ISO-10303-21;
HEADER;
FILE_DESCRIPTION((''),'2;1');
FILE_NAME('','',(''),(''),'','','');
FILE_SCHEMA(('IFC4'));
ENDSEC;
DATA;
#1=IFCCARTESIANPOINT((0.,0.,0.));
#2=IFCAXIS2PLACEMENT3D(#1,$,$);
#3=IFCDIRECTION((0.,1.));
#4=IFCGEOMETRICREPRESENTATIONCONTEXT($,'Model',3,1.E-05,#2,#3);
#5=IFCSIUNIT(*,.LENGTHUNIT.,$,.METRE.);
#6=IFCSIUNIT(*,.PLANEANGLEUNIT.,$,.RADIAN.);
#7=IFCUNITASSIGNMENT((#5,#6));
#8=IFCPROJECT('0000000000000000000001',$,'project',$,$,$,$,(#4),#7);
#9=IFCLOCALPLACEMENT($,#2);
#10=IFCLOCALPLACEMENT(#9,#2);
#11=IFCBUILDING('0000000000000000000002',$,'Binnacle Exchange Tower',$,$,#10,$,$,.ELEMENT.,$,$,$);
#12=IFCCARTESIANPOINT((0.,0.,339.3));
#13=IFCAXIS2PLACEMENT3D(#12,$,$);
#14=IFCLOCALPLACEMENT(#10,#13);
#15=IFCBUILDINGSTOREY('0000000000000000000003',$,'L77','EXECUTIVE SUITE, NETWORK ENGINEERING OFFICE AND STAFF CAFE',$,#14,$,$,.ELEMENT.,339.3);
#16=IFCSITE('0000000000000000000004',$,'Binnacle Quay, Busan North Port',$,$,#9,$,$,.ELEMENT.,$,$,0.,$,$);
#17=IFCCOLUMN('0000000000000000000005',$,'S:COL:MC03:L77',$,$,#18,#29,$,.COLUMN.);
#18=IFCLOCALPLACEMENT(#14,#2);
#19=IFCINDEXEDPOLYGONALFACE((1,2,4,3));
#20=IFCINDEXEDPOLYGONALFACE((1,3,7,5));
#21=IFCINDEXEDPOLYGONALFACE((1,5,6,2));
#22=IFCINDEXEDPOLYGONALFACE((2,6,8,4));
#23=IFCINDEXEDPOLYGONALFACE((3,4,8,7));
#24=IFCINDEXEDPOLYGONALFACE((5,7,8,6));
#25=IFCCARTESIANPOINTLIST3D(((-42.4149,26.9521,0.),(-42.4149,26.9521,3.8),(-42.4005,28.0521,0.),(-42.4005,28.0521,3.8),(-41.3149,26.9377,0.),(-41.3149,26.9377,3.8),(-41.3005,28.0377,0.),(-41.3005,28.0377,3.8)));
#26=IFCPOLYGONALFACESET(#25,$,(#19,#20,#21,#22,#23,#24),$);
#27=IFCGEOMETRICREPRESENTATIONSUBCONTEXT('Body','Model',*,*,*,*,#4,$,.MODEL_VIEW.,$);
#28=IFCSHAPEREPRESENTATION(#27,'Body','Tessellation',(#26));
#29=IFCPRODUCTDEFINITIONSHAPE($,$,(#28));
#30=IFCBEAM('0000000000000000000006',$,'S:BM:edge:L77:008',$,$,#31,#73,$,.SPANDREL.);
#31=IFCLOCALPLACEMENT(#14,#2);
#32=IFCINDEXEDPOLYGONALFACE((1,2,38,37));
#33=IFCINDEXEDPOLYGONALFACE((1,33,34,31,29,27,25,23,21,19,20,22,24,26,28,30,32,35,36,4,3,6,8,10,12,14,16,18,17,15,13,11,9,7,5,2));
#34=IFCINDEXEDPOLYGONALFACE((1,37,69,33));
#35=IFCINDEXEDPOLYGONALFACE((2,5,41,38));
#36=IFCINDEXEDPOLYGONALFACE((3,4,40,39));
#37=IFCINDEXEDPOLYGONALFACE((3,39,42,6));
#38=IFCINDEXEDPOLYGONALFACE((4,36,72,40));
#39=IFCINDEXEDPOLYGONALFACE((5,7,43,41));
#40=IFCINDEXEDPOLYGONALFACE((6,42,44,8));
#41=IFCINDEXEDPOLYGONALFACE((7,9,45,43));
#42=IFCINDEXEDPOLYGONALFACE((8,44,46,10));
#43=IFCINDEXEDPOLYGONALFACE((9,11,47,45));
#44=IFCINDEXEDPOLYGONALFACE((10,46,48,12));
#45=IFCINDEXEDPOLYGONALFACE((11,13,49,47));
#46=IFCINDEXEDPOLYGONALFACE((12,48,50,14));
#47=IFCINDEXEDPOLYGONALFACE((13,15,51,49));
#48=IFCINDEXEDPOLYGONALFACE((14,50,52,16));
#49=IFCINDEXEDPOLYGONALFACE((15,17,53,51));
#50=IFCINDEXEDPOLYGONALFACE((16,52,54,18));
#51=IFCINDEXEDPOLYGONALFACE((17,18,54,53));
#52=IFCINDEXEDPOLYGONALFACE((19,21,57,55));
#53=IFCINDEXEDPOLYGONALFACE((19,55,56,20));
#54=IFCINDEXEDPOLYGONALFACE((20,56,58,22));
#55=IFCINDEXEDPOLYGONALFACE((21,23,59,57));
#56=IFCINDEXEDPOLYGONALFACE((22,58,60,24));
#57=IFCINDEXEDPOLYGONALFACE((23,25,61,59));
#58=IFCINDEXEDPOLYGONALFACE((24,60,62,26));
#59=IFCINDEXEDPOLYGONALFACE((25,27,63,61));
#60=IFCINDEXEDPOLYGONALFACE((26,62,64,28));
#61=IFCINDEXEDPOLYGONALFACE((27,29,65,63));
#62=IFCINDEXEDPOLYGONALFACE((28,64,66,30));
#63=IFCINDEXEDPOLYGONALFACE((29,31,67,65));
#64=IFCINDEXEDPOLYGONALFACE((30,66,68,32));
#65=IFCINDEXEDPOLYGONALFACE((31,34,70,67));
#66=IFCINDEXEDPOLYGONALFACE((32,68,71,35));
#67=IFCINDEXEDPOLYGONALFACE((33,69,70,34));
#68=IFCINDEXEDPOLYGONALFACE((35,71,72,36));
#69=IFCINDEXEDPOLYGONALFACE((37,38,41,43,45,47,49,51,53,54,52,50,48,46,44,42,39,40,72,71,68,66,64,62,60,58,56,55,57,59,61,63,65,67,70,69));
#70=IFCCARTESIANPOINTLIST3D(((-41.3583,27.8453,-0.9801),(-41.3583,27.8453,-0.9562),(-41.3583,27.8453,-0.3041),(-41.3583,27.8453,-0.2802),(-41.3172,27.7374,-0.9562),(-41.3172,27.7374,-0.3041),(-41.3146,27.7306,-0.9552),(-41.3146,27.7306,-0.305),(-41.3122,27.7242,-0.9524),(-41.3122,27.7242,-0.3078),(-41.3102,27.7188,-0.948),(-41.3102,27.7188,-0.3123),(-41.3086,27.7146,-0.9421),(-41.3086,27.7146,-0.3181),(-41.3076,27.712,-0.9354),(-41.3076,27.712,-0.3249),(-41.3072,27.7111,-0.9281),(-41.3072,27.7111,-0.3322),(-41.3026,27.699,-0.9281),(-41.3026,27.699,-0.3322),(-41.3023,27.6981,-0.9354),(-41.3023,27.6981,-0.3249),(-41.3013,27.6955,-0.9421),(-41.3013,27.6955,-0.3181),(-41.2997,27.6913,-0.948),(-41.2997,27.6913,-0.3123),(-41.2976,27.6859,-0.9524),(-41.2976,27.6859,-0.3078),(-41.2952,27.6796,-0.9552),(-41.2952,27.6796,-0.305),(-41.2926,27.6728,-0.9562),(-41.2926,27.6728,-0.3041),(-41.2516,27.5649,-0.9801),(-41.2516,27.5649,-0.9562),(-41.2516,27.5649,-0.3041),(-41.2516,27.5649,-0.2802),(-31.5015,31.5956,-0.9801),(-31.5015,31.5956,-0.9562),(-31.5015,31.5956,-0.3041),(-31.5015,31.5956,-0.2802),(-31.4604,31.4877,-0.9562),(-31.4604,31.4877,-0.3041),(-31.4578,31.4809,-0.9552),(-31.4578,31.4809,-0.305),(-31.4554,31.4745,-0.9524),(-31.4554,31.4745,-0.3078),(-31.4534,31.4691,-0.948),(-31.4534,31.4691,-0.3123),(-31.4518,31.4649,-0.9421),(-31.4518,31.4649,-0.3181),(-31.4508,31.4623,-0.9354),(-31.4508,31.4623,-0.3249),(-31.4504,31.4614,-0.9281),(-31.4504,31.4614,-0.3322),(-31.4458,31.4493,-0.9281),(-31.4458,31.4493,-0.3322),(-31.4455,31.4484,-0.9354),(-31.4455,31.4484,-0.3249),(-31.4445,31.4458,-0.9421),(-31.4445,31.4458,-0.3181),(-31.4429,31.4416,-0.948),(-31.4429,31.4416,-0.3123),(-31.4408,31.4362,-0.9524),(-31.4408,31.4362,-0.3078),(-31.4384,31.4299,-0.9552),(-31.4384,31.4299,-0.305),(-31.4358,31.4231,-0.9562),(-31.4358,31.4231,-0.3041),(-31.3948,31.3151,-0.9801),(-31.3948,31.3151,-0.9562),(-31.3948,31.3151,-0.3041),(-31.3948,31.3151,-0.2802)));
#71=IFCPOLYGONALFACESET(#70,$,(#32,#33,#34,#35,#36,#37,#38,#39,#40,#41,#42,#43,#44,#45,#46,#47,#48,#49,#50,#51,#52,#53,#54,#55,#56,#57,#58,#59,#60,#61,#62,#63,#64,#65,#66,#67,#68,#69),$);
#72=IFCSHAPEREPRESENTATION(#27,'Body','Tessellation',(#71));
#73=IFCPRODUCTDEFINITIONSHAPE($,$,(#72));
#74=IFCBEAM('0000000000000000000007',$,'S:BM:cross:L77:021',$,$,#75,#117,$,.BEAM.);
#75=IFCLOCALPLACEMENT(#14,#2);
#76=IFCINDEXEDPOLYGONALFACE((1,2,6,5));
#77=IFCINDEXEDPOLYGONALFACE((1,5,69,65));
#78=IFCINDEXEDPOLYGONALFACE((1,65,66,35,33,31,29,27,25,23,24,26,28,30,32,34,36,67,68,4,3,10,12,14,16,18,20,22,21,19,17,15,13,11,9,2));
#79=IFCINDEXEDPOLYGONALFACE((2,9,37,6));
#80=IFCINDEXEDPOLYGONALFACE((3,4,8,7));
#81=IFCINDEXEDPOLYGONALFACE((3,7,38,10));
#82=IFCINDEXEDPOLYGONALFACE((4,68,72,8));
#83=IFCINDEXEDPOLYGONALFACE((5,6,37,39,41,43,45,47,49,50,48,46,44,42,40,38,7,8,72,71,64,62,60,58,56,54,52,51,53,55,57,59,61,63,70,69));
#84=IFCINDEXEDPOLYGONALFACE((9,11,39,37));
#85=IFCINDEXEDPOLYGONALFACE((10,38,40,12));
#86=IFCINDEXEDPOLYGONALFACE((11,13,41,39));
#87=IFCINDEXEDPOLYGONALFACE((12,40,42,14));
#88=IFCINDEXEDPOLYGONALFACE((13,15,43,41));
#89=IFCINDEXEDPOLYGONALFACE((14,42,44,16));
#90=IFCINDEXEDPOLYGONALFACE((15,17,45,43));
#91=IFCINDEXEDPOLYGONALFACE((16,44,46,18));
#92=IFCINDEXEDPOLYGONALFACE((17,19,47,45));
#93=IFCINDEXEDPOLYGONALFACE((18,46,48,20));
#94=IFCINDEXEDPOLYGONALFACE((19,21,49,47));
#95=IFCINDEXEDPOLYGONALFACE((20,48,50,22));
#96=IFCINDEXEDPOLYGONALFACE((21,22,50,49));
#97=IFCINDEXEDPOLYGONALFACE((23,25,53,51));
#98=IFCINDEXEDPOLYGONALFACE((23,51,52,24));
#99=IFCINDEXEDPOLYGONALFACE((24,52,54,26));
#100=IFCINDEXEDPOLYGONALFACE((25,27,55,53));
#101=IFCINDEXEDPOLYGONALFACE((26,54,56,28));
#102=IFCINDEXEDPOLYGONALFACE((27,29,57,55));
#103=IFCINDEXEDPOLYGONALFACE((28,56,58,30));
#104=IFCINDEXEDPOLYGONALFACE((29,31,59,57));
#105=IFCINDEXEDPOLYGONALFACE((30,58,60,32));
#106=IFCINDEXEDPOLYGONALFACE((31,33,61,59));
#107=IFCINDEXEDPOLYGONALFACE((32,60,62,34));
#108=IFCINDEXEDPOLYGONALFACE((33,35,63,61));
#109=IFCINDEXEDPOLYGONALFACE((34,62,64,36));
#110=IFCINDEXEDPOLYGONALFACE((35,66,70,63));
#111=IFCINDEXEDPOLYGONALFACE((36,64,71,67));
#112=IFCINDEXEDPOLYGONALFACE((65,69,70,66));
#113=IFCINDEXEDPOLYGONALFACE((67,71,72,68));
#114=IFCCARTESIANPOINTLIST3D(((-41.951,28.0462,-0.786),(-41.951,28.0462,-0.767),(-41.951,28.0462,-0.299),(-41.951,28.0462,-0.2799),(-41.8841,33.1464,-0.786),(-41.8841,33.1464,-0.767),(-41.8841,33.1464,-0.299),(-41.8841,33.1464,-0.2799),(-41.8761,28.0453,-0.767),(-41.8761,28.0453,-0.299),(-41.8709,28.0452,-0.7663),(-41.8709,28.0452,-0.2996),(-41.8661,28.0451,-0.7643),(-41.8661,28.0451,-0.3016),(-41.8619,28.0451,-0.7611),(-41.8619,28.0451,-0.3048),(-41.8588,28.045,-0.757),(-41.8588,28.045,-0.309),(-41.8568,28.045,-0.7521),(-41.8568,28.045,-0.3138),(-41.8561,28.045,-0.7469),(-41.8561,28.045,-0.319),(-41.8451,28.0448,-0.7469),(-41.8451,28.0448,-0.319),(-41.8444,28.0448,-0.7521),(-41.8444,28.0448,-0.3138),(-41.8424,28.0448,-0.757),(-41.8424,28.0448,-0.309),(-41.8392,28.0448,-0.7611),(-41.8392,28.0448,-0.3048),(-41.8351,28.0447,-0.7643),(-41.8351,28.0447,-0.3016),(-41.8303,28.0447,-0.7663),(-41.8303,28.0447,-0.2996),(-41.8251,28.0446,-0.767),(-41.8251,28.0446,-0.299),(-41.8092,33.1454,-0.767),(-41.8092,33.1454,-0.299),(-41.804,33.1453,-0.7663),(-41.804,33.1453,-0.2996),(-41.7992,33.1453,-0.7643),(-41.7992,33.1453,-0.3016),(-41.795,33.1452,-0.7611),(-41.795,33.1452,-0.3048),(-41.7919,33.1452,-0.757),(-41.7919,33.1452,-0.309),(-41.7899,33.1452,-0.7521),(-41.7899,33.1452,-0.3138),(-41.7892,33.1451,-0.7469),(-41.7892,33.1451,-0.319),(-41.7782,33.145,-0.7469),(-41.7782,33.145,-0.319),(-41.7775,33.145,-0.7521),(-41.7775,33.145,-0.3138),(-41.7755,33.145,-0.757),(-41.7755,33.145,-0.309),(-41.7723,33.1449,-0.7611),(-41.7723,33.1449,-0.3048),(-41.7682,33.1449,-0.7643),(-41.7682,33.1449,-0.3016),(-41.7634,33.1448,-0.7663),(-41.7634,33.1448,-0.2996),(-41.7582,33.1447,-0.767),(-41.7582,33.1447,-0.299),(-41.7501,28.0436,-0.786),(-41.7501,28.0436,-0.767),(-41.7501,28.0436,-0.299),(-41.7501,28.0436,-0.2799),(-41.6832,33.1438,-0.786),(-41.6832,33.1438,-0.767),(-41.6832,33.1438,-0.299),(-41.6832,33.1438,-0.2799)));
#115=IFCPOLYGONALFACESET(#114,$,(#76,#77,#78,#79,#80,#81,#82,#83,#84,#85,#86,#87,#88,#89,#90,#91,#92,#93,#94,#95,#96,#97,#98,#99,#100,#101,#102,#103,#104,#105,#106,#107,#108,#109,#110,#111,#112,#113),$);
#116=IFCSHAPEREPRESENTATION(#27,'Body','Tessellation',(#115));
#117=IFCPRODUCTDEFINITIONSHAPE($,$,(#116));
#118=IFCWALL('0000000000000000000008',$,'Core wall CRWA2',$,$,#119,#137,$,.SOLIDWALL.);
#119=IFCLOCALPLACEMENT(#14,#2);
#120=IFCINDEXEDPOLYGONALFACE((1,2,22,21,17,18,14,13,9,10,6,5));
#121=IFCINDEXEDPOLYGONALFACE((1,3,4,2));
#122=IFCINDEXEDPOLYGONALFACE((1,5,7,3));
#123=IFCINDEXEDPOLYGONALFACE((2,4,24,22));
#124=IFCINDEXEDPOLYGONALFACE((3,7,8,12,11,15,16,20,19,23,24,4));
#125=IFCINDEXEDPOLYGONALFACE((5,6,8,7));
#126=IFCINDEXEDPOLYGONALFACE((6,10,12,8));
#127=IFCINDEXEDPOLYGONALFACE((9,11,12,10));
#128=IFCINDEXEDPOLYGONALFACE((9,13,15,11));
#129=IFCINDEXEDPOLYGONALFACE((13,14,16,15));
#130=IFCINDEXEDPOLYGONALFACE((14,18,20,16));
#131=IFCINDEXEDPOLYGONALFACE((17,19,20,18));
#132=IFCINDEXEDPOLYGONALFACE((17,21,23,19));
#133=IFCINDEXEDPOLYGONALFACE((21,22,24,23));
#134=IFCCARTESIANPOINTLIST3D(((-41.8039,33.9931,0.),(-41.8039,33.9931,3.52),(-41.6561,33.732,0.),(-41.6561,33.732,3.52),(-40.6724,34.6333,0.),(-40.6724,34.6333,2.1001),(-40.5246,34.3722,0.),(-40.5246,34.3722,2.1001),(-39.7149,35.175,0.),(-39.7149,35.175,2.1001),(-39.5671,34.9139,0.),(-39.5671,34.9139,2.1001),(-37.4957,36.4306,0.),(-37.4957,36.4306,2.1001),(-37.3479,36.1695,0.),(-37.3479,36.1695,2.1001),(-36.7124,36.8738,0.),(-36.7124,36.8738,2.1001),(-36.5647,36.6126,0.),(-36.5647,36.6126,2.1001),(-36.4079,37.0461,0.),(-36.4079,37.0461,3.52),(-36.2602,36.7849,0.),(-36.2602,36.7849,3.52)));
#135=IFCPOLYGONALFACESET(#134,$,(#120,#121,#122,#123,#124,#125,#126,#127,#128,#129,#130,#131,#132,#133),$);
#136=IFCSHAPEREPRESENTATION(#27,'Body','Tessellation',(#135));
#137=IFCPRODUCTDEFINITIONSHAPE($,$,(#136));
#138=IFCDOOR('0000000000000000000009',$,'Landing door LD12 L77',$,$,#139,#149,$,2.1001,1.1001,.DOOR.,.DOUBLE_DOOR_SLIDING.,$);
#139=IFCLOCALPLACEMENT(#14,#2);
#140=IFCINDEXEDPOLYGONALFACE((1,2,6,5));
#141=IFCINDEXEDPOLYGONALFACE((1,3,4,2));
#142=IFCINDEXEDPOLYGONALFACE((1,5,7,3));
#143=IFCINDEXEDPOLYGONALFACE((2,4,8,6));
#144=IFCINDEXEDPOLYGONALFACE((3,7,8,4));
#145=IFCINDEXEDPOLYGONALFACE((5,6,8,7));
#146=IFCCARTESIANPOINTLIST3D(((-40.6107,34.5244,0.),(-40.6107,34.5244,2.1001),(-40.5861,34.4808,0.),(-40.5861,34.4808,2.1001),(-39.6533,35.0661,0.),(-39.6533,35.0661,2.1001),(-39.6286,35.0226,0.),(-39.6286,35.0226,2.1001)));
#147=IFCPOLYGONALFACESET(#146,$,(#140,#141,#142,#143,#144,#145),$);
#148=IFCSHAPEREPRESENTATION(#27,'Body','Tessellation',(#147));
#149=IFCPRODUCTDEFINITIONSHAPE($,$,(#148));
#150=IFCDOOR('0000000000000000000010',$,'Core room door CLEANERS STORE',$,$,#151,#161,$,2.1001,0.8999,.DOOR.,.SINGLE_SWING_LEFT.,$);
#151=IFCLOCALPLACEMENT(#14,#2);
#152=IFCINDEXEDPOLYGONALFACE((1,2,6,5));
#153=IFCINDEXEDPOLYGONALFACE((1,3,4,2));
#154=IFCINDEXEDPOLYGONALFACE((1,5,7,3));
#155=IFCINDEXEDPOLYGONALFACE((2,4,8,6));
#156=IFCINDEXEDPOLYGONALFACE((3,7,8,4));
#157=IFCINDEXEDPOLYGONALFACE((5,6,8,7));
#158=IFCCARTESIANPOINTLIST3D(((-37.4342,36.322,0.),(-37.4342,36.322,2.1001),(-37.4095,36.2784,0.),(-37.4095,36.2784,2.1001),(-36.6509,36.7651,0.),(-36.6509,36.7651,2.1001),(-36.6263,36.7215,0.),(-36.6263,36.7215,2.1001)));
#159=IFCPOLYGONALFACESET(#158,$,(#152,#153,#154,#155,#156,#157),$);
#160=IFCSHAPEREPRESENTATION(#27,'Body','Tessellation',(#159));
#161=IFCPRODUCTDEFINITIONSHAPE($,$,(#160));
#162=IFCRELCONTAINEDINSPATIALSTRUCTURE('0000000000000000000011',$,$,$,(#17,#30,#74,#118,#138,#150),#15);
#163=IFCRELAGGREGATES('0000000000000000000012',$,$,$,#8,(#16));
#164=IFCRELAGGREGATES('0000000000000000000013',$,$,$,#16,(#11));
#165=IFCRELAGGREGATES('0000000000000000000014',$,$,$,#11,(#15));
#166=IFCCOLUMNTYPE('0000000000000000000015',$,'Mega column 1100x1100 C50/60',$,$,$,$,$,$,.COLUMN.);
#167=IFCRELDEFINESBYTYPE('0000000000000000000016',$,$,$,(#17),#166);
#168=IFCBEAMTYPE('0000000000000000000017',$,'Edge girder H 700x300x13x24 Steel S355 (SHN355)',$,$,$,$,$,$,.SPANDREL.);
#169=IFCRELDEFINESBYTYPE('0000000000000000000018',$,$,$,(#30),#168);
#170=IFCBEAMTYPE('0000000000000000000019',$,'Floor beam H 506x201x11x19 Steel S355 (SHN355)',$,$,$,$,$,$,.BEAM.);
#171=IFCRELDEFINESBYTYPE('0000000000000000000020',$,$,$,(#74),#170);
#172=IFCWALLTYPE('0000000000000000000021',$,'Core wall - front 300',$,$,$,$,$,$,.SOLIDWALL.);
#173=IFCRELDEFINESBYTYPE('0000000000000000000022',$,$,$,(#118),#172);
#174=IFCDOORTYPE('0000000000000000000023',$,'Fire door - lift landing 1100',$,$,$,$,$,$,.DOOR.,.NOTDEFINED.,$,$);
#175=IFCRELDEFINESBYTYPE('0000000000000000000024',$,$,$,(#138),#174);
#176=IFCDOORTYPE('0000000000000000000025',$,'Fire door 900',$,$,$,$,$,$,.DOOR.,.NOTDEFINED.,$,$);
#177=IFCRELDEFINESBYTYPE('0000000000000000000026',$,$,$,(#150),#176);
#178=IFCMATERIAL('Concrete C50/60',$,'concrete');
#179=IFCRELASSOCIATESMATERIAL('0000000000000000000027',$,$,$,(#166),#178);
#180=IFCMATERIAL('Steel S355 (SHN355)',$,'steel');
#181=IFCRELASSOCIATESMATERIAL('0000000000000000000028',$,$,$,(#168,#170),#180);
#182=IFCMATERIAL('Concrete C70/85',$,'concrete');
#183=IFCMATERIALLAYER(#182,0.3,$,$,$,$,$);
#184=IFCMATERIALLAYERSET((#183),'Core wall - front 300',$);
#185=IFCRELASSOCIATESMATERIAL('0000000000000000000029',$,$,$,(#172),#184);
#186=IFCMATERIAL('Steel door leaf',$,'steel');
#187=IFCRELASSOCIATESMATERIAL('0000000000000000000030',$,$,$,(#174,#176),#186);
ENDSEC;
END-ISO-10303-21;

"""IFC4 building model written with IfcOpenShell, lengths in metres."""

from ifc_helpers import new_model, si_unit, direction, frame, frame_2d, origin, origin_2d, place, context, subcontext, project, spatial, rectangle, i_section, extrude, material, layer, layer_set, material_profile, profile_set, type_object, element, fill, save


model = new_model("IFC4")

# Units and contexts
model_context = context("Model", 3, precision=1e-05, world=origin(), true_north=direction((0.0, 1.0)))
body_context = subcontext(model_context, "Body", "Model", "MODEL_VIEW")
ifc_project = project(units=[si_unit("LENGTHUNIT", "METRE"), si_unit("PLANEANGLEUNIT", "RADIAN")], contexts=[model_context])

# Site, building, storey
site_placement = place(None, origin())
site = spatial("IfcSite", under=ifc_project, at=site_placement, Name="Binnacle Quay, Busan North Port", CompositionType="ELEMENT", RefElevation=0.0)
building_placement = place(site_placement, origin())
building = spatial("IfcBuilding", under=site, at=building_placement, Name="Binnacle Exchange Tower", CompositionType="ELEMENT")
storey_placement = place(building_placement, frame((0.0, 0.0, 339.3)))
storey = spatial("IfcBuildingStorey", under=building, at=storey_placement, Name="L77", Description="EXECUTIVE SUITE, NETWORK ENGINEERING OFFICE AND STAFF CAFE", CompositionType="ELEMENT", Elevation=339.3)

# Column
ifc_material_1 = material(Name="Concrete C50/60", Category="concrete")
ifc_material_profile_1 = material_profile(ifc_material_1, rectangle(XDim=1.1001, YDim=1.1001, at=origin_2d()), Name="Mega column 1100x1100 C50/60")
ifc_profile_set_1 = profile_set([ifc_material_profile_1], Name="Concrete C50/60")
column_type = type_object("IfcColumnType", Name="Mega column 1100x1100 C50/60", PredefinedType="COLUMN", material=ifc_profile_set_1)
column_placement = place(storey_placement, frame((-41.8577, 27.4949, 0.0), z_axis=(0.0, 0.0, 1.0), x_axis=(0.999914, -0.01309, 0.0)))
element("IfcColumn", 1, at=column_placement, inside=storey, type_object=column_type, Name="S:COL:MC03:L77", PredefinedType="COLUMN", context=body_context, shape_type="SweptSolid", body=[
    extrude(rectangle(XDim=1.1001, YDim=1.1001, at=origin_2d()), origin(), (0.0, 0.0, 1.0), 3.8),
])

# Beams
ifc_material_2 = material(Name="Steel S355 (SHN355)", Category="steel")
ifc_material_profile_2 = material_profile(ifc_material_2, i_section(OverallWidth=0.3, OverallDepth=0.7, WebThickness=0.0129, FlangeThickness=0.0239, FilletRadius=0.0281, at=origin_2d()), Name="H 700x300x13x24")
ifc_profile_set_2 = profile_set([ifc_material_profile_2], Name="Steel S355 (SHN355)")
beam_type_1 = type_object("IfcBeamType", Name="Edge girder H 700x300x13x24 Steel S355 (SHN355)", PredefinedType="SPANDREL", material=ifc_profile_set_2)
beam_1_placement = place(storey_placement, frame((-41.3049, 27.7051, -0.6301), z_axis=(0.934635, 0.355607, 0.0), x_axis=(-0.355607, 0.934635, 0.0)))
element("IfcBeam", 2, at=beam_1_placement, inside=storey, type_object=beam_type_1, Name="S:BM:edge:L77:008", PredefinedType="SPANDREL", context=body_context, shape_type="SweptSolid", body=[
    extrude(i_section(OverallWidth=0.3, OverallDepth=0.7, WebThickness=0.0129, FlangeThickness=0.0239, FilletRadius=0.0281, at=origin_2d()), origin(), (0.0, 0.0, 1.0), 10.5461),
])
ifc_material_profile_3 = material_profile(ifc_material_2, i_section(OverallWidth=0.2009, OverallDepth=0.5061, WebThickness=0.011, FlangeThickness=0.019, FilletRadius=0.02, at=origin_2d()), Name="H 506x201x11x19")
ifc_profile_set_3 = profile_set([ifc_material_profile_3], Name="Steel S355 (SHN355)")
beam_type_2 = type_object("IfcBeamType", Name="Floor beam H 506x201x11x19 Steel S355 (SHN355)", PredefinedType="BEAM", material=ifc_profile_set_3)
beam_2_placement = place(storey_placement, frame((-41.8506, 28.0449, -0.533), z_axis=(0.013115, 0.999914, 0.0), x_axis=(-0.999914, 0.013115, 0.0)))
element("IfcBeam", 3, at=beam_2_placement, inside=storey, type_object=beam_type_2, Name="S:BM:cross:L77:021", PredefinedType="BEAM", context=body_context, shape_type="SweptSolid", body=[
    extrude(i_section(OverallWidth=0.2009, OverallDepth=0.5061, WebThickness=0.011, FlangeThickness=0.019, FilletRadius=0.02, at=origin_2d()), origin(), (0.0, 0.0, 1.0), 5.1006),
])

# Wall, openings, doors
ifc_material_3 = material(Name="Concrete C70/85", Category="concrete")
ifc_layer_1 = layer(ifc_material_3, 0.3)
ifc_layer_set_1 = layer_set([ifc_layer_1], Name="Core wall - front 300")
wall_type_1 = type_object("IfcWallType", Name="Core wall - front 300", PredefinedType="SOLIDWALL", material=ifc_layer_set_1)
wall_1_placement = place(storey_placement, frame((-41.73, 33.8625, 0.0), z_axis=(0.0, 0.0, 1.0), x_axis=(0.870351, 0.492432, 0.0)))
wall_1 = element("IfcWall", 4, at=wall_1_placement, inside=storey, type_object=wall_type_1, Name="Core wall CRWA2", PredefinedType="SOLIDWALL", context=body_context, shape_type="SweptSolid", body=[
    extrude(rectangle(XDim=6.1997, YDim=0.3, at=frame_2d((3.0999, 0.0))), origin(), (0.0, 0.0, 1.0), 3.52),
])
opening_1_placement = place(wall_1_placement, frame((1.3, 0.0, 0.0)))
opening_1 = element("IfcOpeningElement", 5, at=opening_1_placement, cuts=wall_1, PredefinedType="OPENING", context=body_context, shape_type="SweptSolid", body=[
    extrude(rectangle(XDim=1.1001, YDim=2.1001, at=frame_2d((0.55, 1.05))), frame((0.0, 0.1599, 0.0), z_axis=(0.0, -1.0, 0.0), x_axis=(1.0, 0.0, 0.0)), (0.0, 0.0, 1.0), 0.3201),
])
opening_2_placement = place(wall_1_placement, frame((4.95, 0.0, 0.0)))
opening_2 = element("IfcOpeningElement", 6, at=opening_2_placement, cuts=wall_1, PredefinedType="OPENING", context=body_context, shape_type="SweptSolid", body=[
    extrude(rectangle(XDim=0.8999, YDim=2.1001, at=frame_2d((0.45, 1.05))), frame((0.0, 0.1599, 0.0), z_axis=(0.0, -1.0, 0.0), x_axis=(1.0, 0.0, 0.0)), (0.0, 0.0, 1.0), 0.3201),
])
ifc_material_4 = material(Name="Steel door leaf", Category="steel")
door_type_1 = type_object("IfcDoorType", Name="Fire door - lift landing 1100", OperationType="NOTDEFINED", PredefinedType="DOOR", material=ifc_material_4)
door_1_placement = place(opening_1_placement, origin())
door_1 = element("IfcDoor", 7, at=door_1_placement, inside=storey, type_object=door_type_1, Name="Landing door LD12 L77", OperationType="DOUBLE_DOOR_SLIDING", OverallHeight=2.1001, OverallWidth=1.1001, PredefinedType="DOOR", context=body_context, shape_type="SweptSolid", body=[
    extrude(rectangle(XDim=1.1001, YDim=2.1001, at=frame_2d((0.55, 1.05))), frame((0.0, 0.0249, 0.0), z_axis=(0.0, -1.0, 0.0), x_axis=(1.0, 0.0, 0.0)), (0.0, 0.0, 1.0), 0.05),
])
fill(opening_1, door_1)
door_type_2 = type_object("IfcDoorType", Name="Fire door 900", OperationType="NOTDEFINED", PredefinedType="DOOR", material=ifc_material_4)
door_2_placement = place(opening_2_placement, frame((0.8999, 0.0, 0.0), z_axis=(0.0, 0.0, 1.0), x_axis=(-1.0, 0.0, 0.0)))
door_2 = element("IfcDoor", 8, at=door_2_placement, inside=storey, type_object=door_type_2, Name="Core room door CLEANERS STORE", OperationType="SINGLE_SWING_LEFT", OverallHeight=2.1001, OverallWidth=0.8999, PredefinedType="DOOR", context=body_context, shape_type="SweptSolid", body=[
    extrude(rectangle(XDim=0.8999, YDim=2.1001, at=frame_2d((0.45, 1.05))), frame((0.0, 0.0249, 0.0), z_axis=(0.0, -1.0, 0.0), x_axis=(1.0, 0.0, 0.0)), (0.0, 0.0, 1.0), 0.05),
])
fill(opening_2, door_2)

save(model, "model.ifc")
